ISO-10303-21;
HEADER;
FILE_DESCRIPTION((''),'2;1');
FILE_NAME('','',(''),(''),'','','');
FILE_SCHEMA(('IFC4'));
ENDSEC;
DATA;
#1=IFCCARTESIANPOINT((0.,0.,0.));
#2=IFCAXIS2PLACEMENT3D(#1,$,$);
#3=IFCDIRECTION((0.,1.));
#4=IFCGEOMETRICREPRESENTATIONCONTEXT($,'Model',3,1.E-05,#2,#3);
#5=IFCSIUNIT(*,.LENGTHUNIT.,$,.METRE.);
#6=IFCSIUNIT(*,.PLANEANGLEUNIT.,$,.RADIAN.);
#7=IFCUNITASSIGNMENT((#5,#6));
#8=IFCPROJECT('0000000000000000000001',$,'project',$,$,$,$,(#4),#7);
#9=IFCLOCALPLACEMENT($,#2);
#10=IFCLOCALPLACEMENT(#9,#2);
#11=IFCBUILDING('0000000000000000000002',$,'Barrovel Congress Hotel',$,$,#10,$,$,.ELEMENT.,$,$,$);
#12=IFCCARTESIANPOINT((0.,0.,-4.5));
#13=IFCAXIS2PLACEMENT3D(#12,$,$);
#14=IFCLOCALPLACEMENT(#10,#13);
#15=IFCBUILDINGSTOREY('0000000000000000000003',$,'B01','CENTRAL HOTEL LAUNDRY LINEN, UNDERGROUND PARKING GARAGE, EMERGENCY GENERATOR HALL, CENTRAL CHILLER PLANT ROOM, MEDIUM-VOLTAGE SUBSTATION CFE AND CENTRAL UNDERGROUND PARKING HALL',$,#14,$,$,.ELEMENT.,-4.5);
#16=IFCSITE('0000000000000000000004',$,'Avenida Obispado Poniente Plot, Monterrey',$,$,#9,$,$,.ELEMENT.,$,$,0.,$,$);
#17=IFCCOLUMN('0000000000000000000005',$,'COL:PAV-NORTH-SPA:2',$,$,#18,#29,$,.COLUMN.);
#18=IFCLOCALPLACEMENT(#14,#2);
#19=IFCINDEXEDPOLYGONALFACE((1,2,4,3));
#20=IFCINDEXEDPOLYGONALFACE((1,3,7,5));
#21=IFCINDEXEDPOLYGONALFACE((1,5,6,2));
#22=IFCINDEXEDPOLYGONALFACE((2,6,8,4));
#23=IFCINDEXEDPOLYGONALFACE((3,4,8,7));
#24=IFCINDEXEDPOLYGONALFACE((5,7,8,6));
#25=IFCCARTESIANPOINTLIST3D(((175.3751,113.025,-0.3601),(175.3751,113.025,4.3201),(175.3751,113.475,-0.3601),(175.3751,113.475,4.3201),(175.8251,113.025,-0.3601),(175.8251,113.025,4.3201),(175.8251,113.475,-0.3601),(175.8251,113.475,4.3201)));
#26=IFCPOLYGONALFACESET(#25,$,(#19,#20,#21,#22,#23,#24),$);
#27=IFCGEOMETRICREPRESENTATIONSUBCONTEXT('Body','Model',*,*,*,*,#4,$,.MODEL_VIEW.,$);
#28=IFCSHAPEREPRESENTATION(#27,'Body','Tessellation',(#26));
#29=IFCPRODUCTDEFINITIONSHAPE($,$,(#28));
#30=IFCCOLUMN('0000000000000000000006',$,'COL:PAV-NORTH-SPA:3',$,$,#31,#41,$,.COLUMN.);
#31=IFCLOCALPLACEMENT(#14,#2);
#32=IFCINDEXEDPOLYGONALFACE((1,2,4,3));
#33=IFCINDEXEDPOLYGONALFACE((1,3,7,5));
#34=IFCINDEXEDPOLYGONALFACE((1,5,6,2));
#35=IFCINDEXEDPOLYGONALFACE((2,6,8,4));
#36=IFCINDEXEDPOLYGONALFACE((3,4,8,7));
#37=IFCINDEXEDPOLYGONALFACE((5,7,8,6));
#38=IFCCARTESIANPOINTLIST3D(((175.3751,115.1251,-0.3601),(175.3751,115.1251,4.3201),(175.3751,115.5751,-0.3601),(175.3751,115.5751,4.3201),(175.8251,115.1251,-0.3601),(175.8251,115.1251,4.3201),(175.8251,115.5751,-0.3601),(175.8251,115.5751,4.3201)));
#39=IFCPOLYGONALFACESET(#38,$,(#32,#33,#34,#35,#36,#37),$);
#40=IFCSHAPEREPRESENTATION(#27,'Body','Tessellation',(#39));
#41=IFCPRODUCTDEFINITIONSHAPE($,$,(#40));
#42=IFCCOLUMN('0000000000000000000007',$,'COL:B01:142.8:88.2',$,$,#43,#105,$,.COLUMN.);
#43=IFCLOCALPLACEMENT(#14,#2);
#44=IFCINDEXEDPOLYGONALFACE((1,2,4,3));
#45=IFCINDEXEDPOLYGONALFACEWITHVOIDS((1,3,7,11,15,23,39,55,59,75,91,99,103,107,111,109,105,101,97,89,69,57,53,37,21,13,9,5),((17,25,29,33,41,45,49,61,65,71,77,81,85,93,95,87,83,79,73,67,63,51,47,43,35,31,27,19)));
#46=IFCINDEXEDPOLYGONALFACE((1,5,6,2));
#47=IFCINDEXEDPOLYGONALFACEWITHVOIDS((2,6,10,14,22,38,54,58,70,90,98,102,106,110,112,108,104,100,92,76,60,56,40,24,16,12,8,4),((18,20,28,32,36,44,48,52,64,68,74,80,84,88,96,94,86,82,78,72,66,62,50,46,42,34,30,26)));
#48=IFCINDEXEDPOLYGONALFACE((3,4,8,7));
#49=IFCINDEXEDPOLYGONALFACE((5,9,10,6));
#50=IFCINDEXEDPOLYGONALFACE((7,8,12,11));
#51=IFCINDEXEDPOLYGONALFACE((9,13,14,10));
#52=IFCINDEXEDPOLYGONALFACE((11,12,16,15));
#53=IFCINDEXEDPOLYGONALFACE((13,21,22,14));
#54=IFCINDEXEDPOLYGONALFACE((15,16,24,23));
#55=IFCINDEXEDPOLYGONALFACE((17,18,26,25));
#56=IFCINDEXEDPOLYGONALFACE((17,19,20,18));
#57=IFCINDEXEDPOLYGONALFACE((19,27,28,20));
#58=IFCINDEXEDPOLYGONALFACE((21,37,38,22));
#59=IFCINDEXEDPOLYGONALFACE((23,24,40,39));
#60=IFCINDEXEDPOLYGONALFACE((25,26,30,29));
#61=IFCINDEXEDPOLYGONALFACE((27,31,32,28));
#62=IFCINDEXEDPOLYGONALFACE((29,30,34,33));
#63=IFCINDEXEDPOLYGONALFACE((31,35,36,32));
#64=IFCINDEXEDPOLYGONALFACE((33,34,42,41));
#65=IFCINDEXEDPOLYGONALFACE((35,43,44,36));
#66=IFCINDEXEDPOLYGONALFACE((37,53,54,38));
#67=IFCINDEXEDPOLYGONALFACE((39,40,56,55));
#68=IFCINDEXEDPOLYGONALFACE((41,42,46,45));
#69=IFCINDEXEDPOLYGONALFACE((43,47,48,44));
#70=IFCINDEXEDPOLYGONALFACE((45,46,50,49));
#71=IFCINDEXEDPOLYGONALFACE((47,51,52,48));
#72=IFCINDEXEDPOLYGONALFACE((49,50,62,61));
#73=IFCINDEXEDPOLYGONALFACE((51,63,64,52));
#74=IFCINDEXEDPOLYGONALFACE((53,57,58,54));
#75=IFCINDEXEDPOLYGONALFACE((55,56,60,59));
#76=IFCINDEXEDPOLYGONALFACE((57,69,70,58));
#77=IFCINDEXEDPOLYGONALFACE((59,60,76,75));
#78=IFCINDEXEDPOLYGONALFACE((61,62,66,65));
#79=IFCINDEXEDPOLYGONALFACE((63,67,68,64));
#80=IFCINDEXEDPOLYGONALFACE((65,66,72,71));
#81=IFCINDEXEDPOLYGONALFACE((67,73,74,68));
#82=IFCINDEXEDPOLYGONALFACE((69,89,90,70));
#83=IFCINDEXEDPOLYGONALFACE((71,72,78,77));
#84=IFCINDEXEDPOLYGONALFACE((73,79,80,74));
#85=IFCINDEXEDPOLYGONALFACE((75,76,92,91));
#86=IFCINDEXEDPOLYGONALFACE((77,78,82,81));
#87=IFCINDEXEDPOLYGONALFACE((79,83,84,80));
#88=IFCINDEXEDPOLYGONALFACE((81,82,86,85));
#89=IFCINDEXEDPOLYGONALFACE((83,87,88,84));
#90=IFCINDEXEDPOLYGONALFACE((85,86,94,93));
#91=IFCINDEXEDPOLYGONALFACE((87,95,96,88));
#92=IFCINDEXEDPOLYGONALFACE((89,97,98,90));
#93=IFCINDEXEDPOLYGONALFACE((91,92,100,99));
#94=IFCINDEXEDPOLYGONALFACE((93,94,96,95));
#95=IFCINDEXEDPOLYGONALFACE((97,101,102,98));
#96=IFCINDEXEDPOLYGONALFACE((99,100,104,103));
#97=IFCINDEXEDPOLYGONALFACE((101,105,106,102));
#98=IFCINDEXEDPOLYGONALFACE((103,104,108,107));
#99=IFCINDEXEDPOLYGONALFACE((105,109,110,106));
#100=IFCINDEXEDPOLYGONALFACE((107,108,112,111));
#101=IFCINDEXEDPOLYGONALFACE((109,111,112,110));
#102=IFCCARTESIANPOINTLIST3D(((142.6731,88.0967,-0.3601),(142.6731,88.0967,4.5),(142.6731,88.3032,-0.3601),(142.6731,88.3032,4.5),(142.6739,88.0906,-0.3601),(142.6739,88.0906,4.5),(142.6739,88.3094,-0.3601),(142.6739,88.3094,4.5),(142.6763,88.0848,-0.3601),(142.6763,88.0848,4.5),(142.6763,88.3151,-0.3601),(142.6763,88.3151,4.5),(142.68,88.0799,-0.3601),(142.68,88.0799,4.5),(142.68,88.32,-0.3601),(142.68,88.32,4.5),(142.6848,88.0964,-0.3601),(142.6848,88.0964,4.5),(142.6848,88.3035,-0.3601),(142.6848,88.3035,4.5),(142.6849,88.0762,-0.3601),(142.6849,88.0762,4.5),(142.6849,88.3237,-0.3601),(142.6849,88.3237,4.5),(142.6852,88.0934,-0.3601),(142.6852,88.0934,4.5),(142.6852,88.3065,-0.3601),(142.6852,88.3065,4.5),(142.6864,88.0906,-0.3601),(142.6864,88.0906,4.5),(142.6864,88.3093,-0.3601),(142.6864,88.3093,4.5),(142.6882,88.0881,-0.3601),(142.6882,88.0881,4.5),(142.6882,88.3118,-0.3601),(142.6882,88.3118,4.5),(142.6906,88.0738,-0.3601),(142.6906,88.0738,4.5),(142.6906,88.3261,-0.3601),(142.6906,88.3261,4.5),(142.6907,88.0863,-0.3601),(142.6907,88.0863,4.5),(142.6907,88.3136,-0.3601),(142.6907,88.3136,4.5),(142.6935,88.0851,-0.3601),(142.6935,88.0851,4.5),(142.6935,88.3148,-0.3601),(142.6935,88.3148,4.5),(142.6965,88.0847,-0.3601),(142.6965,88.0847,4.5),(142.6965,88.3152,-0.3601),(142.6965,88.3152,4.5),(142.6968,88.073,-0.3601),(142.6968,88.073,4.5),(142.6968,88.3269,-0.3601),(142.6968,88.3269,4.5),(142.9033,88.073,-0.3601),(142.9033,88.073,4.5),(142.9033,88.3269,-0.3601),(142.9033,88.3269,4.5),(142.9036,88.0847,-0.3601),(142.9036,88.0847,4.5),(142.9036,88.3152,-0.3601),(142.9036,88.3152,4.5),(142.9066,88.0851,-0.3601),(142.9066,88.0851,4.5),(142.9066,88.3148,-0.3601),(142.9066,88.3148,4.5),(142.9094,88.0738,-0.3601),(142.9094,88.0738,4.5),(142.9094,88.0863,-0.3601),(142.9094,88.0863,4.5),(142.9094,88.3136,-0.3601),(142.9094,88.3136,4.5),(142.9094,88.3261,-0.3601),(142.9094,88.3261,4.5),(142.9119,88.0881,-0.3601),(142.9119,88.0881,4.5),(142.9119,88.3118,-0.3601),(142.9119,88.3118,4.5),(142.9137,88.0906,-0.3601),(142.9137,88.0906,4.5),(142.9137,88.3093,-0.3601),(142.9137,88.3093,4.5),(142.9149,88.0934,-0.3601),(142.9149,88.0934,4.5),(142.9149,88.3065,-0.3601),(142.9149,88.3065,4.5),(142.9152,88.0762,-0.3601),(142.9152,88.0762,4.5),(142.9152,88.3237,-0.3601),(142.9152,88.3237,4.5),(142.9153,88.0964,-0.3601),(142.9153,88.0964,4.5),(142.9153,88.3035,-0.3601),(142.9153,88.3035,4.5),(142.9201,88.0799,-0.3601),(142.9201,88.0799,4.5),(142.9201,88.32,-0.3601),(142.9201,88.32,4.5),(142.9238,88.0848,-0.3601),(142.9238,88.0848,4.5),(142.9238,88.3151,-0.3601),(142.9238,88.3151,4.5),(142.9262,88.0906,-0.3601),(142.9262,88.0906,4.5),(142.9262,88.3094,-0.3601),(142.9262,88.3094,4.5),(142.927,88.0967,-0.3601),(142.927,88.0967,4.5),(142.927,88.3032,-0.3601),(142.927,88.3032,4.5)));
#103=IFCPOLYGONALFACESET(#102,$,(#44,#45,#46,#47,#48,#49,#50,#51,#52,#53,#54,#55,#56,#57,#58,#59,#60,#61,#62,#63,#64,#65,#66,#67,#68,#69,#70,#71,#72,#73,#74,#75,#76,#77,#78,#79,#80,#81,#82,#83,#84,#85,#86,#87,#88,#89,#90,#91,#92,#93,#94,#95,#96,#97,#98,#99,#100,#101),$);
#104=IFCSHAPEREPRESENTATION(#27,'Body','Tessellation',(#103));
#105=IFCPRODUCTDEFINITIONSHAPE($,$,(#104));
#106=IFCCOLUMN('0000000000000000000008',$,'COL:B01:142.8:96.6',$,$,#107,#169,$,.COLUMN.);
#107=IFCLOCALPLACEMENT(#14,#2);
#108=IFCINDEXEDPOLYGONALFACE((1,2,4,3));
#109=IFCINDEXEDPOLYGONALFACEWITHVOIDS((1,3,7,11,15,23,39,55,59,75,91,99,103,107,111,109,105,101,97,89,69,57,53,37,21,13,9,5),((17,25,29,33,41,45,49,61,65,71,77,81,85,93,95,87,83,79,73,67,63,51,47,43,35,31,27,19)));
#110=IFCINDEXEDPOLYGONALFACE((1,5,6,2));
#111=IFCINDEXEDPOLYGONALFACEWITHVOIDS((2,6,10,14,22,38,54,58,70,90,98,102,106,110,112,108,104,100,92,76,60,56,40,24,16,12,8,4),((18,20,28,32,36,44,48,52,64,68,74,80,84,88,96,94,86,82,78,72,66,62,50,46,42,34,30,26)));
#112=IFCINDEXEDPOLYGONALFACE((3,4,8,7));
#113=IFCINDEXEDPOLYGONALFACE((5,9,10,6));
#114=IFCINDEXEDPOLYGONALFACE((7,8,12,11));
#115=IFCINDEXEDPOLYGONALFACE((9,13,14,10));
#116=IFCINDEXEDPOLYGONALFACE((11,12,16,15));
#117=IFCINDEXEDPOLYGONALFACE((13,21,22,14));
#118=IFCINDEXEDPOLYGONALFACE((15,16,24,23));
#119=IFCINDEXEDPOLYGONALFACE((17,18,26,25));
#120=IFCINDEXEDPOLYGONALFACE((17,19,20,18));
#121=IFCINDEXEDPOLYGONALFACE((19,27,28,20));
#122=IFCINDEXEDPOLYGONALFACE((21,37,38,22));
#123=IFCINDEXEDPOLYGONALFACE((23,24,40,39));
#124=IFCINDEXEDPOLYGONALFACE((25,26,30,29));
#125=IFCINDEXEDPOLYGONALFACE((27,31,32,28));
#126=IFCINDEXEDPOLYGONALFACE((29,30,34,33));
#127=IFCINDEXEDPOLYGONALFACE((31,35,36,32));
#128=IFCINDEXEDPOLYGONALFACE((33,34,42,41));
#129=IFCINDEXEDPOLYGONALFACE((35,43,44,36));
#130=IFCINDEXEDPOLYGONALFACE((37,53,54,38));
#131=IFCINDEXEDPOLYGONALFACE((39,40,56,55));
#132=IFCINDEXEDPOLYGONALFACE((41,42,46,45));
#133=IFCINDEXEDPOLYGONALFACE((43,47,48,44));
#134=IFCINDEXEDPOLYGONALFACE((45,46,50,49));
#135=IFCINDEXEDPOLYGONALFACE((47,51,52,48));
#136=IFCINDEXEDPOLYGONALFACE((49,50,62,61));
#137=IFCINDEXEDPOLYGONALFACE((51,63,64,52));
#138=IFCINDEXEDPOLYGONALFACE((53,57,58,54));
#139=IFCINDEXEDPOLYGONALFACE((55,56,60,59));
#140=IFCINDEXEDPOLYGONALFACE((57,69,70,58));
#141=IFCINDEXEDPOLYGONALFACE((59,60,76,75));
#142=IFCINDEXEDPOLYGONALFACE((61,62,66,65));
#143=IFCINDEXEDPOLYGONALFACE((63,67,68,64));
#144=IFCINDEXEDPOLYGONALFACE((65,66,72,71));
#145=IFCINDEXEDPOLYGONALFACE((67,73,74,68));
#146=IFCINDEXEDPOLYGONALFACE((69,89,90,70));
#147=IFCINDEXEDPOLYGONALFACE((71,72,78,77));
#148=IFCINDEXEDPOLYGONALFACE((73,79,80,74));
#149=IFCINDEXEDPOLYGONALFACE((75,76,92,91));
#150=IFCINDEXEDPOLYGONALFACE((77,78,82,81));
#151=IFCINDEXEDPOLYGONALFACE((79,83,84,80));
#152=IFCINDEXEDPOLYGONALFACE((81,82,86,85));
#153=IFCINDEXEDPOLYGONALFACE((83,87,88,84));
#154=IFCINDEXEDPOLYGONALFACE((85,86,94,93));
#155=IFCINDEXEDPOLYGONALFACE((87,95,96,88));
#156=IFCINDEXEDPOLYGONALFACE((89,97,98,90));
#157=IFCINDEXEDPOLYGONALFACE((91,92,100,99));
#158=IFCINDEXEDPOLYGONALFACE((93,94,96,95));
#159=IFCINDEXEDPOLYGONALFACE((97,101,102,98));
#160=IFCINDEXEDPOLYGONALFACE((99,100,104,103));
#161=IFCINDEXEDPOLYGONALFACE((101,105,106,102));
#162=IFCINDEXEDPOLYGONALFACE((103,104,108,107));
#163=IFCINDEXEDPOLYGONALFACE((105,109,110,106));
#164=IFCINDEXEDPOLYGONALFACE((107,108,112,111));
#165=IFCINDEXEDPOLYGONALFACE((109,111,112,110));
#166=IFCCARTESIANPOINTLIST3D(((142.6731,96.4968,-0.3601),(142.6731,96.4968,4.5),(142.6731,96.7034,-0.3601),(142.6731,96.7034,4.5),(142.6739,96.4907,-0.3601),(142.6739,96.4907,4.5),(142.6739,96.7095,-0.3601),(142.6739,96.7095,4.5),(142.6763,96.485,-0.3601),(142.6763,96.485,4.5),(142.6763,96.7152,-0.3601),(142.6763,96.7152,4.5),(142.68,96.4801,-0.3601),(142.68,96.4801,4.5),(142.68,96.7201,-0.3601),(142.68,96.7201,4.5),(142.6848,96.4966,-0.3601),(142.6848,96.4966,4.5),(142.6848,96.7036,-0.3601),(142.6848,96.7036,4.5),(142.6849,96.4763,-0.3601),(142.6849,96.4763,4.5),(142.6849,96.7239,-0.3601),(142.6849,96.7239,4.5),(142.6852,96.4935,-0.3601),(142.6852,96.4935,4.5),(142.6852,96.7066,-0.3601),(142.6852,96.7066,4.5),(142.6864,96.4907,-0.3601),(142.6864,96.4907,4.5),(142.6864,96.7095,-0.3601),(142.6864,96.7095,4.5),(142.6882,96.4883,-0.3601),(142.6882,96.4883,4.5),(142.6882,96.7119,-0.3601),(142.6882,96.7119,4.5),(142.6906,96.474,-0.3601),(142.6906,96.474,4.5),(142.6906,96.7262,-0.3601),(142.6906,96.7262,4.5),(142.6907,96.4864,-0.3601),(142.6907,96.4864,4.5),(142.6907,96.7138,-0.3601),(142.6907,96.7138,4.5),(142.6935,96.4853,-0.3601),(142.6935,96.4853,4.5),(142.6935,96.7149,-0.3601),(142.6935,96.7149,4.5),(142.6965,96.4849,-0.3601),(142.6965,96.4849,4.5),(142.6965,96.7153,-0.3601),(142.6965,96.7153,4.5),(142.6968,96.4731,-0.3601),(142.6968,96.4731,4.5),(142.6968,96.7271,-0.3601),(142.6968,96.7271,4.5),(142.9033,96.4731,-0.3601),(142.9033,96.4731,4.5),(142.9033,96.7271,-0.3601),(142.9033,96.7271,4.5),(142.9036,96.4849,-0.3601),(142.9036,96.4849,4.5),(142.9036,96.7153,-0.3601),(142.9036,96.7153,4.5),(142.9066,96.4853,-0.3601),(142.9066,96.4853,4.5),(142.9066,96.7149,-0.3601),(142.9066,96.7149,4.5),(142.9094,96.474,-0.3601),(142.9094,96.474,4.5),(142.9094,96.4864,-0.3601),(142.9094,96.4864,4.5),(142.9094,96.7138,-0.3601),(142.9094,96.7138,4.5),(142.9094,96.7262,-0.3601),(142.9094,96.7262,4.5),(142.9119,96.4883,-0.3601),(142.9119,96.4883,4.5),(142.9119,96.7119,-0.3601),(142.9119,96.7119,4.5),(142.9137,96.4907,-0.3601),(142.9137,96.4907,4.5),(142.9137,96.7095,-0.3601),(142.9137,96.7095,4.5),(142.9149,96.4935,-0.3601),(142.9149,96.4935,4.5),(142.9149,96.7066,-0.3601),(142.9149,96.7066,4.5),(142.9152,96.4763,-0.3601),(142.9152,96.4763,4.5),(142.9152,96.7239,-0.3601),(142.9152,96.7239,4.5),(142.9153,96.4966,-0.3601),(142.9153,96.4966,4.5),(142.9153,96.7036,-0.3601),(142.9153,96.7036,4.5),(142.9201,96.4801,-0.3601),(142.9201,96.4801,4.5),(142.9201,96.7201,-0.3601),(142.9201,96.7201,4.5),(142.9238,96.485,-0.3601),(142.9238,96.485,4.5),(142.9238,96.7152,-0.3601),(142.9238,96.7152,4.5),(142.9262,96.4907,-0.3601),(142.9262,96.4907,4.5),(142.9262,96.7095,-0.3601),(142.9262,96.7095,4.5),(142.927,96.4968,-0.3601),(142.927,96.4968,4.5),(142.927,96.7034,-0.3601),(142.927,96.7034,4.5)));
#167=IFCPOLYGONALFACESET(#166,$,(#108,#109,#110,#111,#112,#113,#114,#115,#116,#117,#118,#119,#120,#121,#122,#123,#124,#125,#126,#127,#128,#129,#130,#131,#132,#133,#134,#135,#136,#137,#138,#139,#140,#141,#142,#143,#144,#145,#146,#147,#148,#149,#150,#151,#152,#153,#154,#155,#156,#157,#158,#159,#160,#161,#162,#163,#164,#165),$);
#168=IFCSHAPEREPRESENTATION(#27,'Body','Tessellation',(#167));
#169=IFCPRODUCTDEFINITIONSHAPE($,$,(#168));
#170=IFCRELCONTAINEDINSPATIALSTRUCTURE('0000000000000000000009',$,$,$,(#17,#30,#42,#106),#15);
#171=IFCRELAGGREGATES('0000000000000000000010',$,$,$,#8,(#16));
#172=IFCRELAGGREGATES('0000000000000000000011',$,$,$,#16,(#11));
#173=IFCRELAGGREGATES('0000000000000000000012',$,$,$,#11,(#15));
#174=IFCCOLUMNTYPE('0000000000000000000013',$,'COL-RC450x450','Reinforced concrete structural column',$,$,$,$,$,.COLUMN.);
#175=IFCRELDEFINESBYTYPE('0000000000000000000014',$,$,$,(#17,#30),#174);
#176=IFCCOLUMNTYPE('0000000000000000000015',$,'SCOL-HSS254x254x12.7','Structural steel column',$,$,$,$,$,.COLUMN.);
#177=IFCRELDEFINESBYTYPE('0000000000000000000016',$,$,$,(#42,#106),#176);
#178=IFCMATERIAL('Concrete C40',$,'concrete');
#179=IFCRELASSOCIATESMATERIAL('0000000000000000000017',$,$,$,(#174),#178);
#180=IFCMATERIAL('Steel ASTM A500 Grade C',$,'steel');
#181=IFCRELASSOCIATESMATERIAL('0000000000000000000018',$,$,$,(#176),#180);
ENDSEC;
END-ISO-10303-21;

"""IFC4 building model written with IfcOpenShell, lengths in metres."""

from ifc_helpers import new_model, si_unit, direction, frame, origin, origin_2d, place, context, subcontext, project, spatial, rectangle, hollow_rectangle, extrude, material, material_profile, profile_set, type_object, element, save


model = new_model("IFC4")

# Units and contexts
model_context = context("Model", 3, precision=1e-05, world=origin(), true_north=direction((0.0, 1.0)))
body_context = subcontext(model_context, "Body", "Model", "MODEL_VIEW")
ifc_project = project(units=[si_unit("LENGTHUNIT", "METRE"), si_unit("PLANEANGLEUNIT", "RADIAN")], contexts=[model_context])

# Site, building, storey
site_placement = place(None, origin())
site = spatial("IfcSite", under=ifc_project, at=site_placement, Name="Avenida Obispado Poniente Plot, Monterrey", CompositionType="ELEMENT", RefElevation=0.0)
building_placement = place(site_placement, origin())
building = spatial("IfcBuilding", under=site, at=building_placement, Name="Barrovel Congress Hotel", CompositionType="ELEMENT")
storey_placement = place(building_placement, frame((0.0, 0.0, -4.5)))
storey = spatial("IfcBuildingStorey", under=building, at=storey_placement, Name="B01", Description="CENTRAL HOTEL LAUNDRY LINEN, UNDERGROUND PARKING GARAGE, EMERGENCY GENERATOR HALL, CENTRAL CHILLER PLANT ROOM, MEDIUM-VOLTAGE SUBSTATION CFE AND CENTRAL UNDERGROUND PARKING HALL", CompositionType="ELEMENT", Elevation=-4.5)

# Columns
ifc_material_1 = material(Name="Concrete C40", Category="concrete")
ifc_material_profile_1 = material_profile(ifc_material_1, rectangle(XDim=0.45, YDim=0.45, at=origin_2d()), Name="RC450x450")
ifc_profile_set_1 = profile_set([ifc_material_profile_1], Name="Concrete C40")
column_type_1 = type_object("IfcColumnType", Name="COL-RC450x450", Description="Reinforced concrete structural column", PredefinedType="COLUMN", material=ifc_profile_set_1)
for number, where, z_axis, x_axis, name in (
    (1, (175.6001, 113.25, -0.3601), (0.0, 0.0, 1.0), (1.0, 0.0, 0.0), "COL:PAV-NORTH-SPA:2"),
    (2, (175.6001, 115.3501, -0.3601), (0.0, 0.0, 1.0), (1.0, 0.0, 0.0), "COL:PAV-NORTH-SPA:3"),
):
    element("IfcColumn", number, at=place(storey_placement, frame(where, z_axis=z_axis, x_axis=x_axis)), inside=storey, type_object=column_type_1, Name=name, PredefinedType="COLUMN", context=body_context, shape_type="SweptSolid", body=[
        extrude(rectangle(XDim=0.45, YDim=0.45, at=origin_2d()), origin(), (0.0, 0.0, 1.0), 4.6802),
    ])
ifc_material_2 = material(Name="Steel ASTM A500 Grade C", Category="steel")
ifc_material_profile_2 = material_profile(ifc_material_2, hollow_rectangle(XDim=0.2539, YDim=0.2539, WallThickness=0.0117, InnerFilletRadius=0.0117, OuterFilletRadius=0.0237, at=origin_2d()), Name="HSS254x254x12.7")
ifc_profile_set_2 = profile_set([ifc_material_profile_2], Name="Steel ASTM A500 Grade C")
column_type_2 = type_object("IfcColumnType", Name="SCOL-HSS254x254x12.7", Description="Structural steel column", PredefinedType="COLUMN", material=ifc_profile_set_2)
for number, where, z_axis, x_axis, name in (
    (3, (142.8, 88.2, -0.3601), (0.0, 0.0, 1.0), (1.0, 0.0, 0.0), "COL:B01:142.8:88.2"),
    (4, (142.8, 96.6001, -0.3601), (0.0, 0.0, 1.0), (1.0, 0.0, 0.0), "COL:B01:142.8:96.6"),
):
    element("IfcColumn", number, at=place(storey_placement, frame(where, z_axis=z_axis, x_axis=x_axis)), inside=storey, type_object=column_type_2, Name=name, PredefinedType="COLUMN", context=body_context, shape_type="SweptSolid", body=[
        extrude(hollow_rectangle(XDim=0.2539, YDim=0.2539, WallThickness=0.0117, InnerFilletRadius=0.0117, OuterFilletRadius=0.0237, at=origin_2d()), origin(), (0.0, 0.0, 1.0), 4.8601),
    ])

save(model, "model.ifc")
